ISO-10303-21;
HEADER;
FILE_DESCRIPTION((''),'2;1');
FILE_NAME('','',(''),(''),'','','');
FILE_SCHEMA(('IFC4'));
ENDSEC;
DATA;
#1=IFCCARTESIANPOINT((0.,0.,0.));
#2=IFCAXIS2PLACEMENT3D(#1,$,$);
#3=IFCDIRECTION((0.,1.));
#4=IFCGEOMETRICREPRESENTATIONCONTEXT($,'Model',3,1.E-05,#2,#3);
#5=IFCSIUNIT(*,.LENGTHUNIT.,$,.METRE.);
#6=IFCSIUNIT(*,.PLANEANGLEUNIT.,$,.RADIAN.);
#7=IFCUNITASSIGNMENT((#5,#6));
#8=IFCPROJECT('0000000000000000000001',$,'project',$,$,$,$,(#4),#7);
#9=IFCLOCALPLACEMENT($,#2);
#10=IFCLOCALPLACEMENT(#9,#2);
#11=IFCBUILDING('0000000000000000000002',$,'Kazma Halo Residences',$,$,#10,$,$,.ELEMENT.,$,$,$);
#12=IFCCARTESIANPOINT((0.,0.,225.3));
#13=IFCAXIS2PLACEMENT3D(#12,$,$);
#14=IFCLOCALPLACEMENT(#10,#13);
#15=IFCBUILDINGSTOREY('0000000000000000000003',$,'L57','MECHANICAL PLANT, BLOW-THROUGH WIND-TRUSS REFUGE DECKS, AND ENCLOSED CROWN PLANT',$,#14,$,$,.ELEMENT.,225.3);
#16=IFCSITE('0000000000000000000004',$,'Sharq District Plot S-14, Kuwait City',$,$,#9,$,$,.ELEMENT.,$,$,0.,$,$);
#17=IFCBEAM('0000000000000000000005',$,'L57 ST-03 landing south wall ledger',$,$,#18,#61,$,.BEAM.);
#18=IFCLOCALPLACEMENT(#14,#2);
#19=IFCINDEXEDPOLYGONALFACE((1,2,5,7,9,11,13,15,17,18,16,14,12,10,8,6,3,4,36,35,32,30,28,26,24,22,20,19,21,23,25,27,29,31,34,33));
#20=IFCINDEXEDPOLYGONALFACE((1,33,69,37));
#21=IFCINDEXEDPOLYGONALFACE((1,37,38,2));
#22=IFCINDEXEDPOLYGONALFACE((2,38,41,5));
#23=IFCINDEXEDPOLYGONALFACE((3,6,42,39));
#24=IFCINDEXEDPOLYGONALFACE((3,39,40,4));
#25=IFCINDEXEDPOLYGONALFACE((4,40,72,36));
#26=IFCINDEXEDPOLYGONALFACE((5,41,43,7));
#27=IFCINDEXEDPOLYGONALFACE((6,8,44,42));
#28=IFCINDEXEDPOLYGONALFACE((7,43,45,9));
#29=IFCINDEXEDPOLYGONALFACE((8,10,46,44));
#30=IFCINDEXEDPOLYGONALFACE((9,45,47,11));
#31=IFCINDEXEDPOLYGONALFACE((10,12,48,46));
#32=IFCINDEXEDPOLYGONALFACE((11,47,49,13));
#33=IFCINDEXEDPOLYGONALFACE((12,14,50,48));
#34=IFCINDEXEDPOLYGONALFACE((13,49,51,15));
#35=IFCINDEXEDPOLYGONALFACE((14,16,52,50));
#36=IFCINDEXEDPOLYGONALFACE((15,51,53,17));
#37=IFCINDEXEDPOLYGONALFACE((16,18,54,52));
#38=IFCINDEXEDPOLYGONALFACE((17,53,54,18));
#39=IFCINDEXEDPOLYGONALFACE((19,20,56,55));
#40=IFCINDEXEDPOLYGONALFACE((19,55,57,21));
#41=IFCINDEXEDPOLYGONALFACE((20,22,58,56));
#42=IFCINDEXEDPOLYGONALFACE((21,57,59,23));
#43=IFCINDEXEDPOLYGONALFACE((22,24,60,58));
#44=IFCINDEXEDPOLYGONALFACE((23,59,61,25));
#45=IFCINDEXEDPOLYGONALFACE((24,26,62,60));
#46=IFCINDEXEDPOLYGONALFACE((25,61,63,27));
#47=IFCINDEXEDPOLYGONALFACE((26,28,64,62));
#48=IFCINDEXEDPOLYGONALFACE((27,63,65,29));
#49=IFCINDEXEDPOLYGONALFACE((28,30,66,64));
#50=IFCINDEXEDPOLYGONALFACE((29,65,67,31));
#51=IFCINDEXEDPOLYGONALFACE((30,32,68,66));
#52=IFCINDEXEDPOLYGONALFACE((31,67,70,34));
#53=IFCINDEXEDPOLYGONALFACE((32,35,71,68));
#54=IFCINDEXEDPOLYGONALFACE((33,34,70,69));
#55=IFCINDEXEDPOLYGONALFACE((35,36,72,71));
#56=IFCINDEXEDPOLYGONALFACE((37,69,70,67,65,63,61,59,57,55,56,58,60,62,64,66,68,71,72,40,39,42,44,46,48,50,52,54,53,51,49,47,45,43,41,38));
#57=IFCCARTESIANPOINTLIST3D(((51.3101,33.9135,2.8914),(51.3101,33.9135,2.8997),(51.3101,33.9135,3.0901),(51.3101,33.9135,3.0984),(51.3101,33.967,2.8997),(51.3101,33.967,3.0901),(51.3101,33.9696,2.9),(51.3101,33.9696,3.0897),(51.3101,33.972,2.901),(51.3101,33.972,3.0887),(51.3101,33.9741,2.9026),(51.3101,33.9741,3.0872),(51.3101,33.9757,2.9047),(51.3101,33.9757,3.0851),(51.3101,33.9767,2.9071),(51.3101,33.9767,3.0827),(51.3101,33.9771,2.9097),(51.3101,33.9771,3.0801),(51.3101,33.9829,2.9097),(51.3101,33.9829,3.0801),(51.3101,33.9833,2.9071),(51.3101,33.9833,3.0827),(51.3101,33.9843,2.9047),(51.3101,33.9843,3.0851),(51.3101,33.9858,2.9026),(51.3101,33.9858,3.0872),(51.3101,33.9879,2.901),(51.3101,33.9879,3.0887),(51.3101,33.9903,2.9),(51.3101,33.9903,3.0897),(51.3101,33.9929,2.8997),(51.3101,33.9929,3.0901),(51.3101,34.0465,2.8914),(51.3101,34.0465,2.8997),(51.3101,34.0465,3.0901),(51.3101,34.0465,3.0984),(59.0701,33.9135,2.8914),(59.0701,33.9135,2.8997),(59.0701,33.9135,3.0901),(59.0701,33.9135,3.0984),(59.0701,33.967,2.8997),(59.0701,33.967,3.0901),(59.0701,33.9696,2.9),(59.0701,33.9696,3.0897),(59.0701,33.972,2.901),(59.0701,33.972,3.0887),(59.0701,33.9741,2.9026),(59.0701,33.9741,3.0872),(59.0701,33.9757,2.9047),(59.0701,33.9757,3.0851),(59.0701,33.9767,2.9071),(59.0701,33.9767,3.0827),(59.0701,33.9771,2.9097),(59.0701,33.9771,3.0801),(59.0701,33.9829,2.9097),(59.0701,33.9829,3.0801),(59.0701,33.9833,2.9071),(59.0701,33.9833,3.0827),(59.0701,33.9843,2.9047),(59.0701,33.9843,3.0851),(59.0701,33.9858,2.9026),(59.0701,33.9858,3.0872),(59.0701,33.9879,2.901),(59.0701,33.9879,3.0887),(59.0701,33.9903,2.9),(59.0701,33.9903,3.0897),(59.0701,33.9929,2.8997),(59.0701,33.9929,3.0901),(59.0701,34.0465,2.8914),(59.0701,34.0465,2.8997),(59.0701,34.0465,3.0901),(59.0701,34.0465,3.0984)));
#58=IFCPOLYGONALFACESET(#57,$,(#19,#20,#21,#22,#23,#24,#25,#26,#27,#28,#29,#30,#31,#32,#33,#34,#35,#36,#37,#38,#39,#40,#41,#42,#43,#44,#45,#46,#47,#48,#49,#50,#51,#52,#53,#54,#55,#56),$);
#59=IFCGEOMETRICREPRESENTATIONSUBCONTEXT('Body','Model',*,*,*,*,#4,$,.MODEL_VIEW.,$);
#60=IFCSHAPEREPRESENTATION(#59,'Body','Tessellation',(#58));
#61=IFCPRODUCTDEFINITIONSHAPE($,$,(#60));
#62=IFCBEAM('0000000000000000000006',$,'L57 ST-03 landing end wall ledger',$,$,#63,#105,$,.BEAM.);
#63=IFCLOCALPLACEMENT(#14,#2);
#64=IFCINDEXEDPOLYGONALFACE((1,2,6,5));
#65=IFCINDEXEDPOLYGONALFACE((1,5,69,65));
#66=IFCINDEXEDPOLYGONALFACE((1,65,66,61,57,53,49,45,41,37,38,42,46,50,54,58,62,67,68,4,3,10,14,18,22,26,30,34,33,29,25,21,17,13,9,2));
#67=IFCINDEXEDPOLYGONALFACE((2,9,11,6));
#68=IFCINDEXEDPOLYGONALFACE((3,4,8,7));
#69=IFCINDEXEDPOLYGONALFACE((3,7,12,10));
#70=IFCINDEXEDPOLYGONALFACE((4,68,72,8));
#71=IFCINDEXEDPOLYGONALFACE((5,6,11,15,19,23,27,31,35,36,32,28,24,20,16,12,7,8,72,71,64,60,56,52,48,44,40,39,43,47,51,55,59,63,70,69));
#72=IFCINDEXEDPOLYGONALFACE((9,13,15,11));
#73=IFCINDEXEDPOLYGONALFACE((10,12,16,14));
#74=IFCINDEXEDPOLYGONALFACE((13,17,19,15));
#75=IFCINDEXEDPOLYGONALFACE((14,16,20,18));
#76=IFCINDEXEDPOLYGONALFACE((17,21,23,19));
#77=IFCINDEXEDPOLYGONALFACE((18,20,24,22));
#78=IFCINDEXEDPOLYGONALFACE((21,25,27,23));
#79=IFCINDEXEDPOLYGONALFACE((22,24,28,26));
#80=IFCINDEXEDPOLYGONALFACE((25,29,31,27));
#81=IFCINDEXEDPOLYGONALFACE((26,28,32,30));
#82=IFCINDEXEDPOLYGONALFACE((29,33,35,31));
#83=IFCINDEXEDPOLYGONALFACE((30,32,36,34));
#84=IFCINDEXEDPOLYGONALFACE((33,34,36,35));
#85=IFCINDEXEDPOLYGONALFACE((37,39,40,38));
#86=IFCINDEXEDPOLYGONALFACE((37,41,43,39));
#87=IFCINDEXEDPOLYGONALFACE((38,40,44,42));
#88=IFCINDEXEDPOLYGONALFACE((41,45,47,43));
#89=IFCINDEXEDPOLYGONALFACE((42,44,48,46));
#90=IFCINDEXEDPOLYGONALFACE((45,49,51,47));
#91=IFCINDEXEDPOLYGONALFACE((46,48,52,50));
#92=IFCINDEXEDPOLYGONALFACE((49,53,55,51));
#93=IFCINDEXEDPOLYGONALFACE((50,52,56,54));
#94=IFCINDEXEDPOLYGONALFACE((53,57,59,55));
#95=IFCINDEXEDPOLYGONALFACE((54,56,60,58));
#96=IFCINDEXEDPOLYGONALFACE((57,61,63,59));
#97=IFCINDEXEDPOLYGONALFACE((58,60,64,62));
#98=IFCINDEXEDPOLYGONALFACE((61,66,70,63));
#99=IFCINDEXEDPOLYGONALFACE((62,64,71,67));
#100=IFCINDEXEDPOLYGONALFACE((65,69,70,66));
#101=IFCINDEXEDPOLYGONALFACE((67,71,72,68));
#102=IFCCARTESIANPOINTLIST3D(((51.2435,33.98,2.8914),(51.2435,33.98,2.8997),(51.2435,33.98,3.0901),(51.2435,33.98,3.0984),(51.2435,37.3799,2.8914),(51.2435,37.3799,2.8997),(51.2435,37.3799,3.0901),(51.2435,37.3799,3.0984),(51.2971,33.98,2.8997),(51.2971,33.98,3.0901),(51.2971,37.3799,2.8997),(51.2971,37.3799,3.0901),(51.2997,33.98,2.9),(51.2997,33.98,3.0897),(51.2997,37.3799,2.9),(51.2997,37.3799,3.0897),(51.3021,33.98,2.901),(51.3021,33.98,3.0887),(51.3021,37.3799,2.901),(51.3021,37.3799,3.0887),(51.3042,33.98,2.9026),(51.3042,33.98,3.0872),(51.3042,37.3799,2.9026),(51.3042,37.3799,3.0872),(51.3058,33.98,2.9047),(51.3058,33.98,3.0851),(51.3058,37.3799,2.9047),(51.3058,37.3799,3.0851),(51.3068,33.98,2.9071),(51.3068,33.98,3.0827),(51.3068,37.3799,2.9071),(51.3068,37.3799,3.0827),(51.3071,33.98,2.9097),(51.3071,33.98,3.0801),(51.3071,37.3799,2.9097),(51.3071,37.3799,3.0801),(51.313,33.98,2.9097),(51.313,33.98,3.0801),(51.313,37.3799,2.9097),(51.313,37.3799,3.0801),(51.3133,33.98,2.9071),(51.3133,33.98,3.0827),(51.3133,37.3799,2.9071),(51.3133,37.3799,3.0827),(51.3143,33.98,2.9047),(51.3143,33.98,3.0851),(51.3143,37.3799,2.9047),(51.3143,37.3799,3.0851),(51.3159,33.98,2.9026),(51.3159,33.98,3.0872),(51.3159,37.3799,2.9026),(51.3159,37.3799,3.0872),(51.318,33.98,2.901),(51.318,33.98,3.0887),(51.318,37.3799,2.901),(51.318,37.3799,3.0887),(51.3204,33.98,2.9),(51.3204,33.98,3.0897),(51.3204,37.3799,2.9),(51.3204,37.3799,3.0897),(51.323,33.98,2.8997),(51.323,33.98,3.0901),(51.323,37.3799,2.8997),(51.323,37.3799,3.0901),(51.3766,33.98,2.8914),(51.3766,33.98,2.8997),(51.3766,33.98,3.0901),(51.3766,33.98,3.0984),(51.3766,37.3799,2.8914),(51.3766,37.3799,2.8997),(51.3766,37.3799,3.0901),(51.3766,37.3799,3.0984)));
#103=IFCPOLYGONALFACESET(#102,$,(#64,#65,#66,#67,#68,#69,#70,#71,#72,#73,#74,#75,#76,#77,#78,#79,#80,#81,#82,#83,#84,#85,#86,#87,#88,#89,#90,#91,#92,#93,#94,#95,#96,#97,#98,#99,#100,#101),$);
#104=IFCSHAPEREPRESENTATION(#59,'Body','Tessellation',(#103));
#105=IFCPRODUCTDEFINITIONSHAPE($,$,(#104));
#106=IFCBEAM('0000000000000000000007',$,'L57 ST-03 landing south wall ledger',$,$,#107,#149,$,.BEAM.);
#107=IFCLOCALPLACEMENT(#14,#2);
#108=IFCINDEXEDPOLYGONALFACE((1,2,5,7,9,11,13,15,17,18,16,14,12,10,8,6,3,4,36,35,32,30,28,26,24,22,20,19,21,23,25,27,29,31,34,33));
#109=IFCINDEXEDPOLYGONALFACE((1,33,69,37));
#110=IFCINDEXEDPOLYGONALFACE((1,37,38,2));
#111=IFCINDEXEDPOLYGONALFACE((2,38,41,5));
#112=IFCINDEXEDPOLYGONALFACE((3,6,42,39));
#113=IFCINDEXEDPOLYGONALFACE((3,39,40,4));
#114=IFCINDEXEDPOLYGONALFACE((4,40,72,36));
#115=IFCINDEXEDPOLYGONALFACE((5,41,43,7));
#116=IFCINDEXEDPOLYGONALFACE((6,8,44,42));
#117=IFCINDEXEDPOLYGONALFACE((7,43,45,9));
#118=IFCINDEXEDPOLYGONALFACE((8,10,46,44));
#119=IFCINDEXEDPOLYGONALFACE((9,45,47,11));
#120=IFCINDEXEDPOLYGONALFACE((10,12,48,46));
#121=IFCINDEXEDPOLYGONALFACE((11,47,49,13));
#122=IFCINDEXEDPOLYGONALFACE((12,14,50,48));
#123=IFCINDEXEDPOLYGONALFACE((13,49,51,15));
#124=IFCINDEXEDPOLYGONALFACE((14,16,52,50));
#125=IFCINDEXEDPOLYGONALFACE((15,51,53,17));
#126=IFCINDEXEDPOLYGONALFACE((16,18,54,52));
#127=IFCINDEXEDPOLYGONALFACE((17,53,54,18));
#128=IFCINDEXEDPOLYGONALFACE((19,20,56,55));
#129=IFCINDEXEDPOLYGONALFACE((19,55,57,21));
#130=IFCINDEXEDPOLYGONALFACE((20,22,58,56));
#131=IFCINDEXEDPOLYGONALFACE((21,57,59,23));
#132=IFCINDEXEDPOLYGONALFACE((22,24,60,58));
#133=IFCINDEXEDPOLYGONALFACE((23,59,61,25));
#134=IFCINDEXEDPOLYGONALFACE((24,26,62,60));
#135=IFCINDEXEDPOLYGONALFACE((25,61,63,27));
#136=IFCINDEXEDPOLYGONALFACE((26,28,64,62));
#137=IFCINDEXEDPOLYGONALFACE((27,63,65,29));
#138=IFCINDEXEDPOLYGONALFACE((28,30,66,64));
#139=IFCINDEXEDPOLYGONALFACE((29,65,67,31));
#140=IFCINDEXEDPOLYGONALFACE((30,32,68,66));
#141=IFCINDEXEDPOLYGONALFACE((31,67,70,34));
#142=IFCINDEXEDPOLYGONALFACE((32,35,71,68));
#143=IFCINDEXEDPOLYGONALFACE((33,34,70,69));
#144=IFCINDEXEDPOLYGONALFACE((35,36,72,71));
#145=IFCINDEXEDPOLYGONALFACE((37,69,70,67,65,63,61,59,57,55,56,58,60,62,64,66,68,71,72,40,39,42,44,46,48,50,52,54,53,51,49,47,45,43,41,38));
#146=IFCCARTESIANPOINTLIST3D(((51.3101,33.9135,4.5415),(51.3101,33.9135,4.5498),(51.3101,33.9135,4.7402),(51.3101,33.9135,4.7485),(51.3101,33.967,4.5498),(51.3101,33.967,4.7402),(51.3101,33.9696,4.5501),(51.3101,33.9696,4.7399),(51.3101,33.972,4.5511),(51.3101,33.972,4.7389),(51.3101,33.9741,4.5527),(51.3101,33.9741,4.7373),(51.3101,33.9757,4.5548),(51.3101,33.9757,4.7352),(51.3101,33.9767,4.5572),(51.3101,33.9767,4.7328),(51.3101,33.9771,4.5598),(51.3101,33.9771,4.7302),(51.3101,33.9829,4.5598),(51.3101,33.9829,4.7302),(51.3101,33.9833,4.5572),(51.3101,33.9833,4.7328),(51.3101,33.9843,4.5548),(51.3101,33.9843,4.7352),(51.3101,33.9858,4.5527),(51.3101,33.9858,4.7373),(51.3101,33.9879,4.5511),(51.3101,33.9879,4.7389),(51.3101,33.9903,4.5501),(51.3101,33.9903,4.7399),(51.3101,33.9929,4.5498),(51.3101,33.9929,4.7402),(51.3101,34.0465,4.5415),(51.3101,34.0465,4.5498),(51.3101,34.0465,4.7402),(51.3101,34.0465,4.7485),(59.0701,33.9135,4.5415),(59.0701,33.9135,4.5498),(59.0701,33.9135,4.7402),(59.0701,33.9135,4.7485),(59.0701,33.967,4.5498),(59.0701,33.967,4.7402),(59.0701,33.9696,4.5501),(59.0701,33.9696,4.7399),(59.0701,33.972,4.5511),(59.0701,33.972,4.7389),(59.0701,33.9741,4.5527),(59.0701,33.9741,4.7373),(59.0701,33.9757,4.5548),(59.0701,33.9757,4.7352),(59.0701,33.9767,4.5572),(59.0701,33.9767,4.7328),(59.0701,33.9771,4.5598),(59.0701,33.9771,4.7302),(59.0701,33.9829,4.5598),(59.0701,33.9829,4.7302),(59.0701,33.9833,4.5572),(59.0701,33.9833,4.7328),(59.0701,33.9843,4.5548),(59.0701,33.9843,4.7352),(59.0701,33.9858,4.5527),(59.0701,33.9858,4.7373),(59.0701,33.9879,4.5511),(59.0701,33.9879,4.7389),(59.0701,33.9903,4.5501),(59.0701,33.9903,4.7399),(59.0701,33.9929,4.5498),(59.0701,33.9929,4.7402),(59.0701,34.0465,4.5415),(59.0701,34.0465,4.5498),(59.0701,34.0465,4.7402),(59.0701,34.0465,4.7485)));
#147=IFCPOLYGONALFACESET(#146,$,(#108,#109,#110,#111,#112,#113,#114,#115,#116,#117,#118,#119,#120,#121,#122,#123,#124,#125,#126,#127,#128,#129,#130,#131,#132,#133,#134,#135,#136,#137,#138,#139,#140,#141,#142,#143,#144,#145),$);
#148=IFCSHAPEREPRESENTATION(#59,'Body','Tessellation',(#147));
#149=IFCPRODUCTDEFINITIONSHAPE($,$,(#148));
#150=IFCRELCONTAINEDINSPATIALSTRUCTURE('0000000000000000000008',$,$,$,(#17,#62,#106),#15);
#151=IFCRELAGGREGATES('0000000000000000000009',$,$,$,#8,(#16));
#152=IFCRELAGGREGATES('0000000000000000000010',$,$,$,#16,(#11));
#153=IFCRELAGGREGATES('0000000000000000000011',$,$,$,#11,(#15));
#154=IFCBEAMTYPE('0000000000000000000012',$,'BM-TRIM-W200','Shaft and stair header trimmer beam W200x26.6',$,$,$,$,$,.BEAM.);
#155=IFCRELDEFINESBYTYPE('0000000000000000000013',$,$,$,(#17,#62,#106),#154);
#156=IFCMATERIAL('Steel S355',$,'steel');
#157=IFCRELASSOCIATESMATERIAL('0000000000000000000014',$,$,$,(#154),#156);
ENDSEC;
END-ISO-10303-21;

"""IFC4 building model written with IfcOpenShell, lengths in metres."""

from ifc_helpers import new_model, si_unit, direction, frame, origin, origin_2d, place, context, subcontext, project, spatial, i_section, extrude, material, material_profile, profile_set, type_object, element, save


model = new_model("IFC4")

# Units and contexts
model_context = context("Model", 3, precision=1e-05, world=origin(), true_north=direction((0.0, 1.0)))
body_context = subcontext(model_context, "Body", "Model", "MODEL_VIEW")
ifc_project = project(units=[si_unit("LENGTHUNIT", "METRE"), si_unit("PLANEANGLEUNIT", "RADIAN")], contexts=[model_context])

# Site, building, storey
site_placement = place(None, origin())
site = spatial("IfcSite", under=ifc_project, at=site_placement, Name="Sharq District Plot S-14, Kuwait City", CompositionType="ELEMENT", RefElevation=0.0)
building_placement = place(site_placement, origin())
building = spatial("IfcBuilding", under=site, at=building_placement, Name="Kazma Halo Residences", CompositionType="ELEMENT")
storey_placement = place(building_placement, frame((0.0, 0.0, 225.3)))
storey = spatial("IfcBuildingStorey", under=building, at=storey_placement, Name="L57", Description="MECHANICAL PLANT, BLOW-THROUGH WIND-TRUSS REFUGE DECKS, AND ENCLOSED CROWN PLANT", CompositionType="ELEMENT", Elevation=225.3)

# Beams
ifc_material_1 = material(Name="Steel S355", Category="steel")
ifc_material_profile_1 = material_profile(ifc_material_1, i_section(OverallWidth=0.1331, OverallDepth=0.207, WebThickness=0.0059, FlangeThickness=0.0083, FilletRadius=0.01, at=origin_2d()), Name="W200x26.6")
ifc_profile_set_1 = profile_set([ifc_material_profile_1], Name="Steel S355")
beam_type_1 = type_object("IfcBeamType", Name="BM-TRIM-W200", Description="Shaft and stair header trimmer beam W200x26.6", PredefinedType="BEAM", material=ifc_profile_set_1)
for number, where, z_axis, x_axis, name in (
    (1, (51.3101, 33.98, 2.9949), (1.0, 0.0, 0.0), (0.0, 1.0, 0.0), "L57 ST-03 landing south wall ledger"),
):
    element("IfcBeam", number, at=place(storey_placement, frame(where, z_axis=z_axis, x_axis=x_axis)), inside=storey, type_object=beam_type_1, Name=name, PredefinedType="BEAM", context=body_context, shape_type="SweptSolid", body=[
        extrude(i_section(OverallWidth=0.1331, OverallDepth=0.207, WebThickness=0.0059, FlangeThickness=0.0083, FilletRadius=0.01, at=origin_2d()), origin(), (0.0, 0.0, 1.0), 7.76),
    ])
beam_1_placement = place(storey_placement, frame((51.3101, 33.98, 2.9949), z_axis=(0.0, 1.0, 0.0), x_axis=(-1.0, 0.0, 0.0)))
element("IfcBeam", 2, at=beam_1_placement, inside=storey, type_object=beam_type_1, Name="L57 ST-03 landing end wall ledger", PredefinedType="BEAM", context=body_context, shape_type="SweptSolid", body=[
    extrude(i_section(OverallWidth=0.1331, OverallDepth=0.207, WebThickness=0.0059, FlangeThickness=0.0083, FilletRadius=0.01, at=origin_2d()), origin(), (0.0, 0.0, 1.0), 3.3999),
])
beam_2_placement = place(storey_placement, frame((51.3101, 33.98, 4.645), z_axis=(1.0, 0.0, 0.0), x_axis=(0.0, 1.0, 0.0)))
element("IfcBeam", 3, at=beam_2_placement, inside=storey, type_object=beam_type_1, Name="L57 ST-03 landing south wall ledger", PredefinedType="BEAM", context=body_context, shape_type="SweptSolid", body=[
    extrude(i_section(OverallWidth=0.1331, OverallDepth=0.207, WebThickness=0.0059, FlangeThickness=0.0083, FilletRadius=0.01, at=origin_2d()), origin(), (0.0, 0.0, 1.0), 7.76),
])

save(model, "model.ifc")
